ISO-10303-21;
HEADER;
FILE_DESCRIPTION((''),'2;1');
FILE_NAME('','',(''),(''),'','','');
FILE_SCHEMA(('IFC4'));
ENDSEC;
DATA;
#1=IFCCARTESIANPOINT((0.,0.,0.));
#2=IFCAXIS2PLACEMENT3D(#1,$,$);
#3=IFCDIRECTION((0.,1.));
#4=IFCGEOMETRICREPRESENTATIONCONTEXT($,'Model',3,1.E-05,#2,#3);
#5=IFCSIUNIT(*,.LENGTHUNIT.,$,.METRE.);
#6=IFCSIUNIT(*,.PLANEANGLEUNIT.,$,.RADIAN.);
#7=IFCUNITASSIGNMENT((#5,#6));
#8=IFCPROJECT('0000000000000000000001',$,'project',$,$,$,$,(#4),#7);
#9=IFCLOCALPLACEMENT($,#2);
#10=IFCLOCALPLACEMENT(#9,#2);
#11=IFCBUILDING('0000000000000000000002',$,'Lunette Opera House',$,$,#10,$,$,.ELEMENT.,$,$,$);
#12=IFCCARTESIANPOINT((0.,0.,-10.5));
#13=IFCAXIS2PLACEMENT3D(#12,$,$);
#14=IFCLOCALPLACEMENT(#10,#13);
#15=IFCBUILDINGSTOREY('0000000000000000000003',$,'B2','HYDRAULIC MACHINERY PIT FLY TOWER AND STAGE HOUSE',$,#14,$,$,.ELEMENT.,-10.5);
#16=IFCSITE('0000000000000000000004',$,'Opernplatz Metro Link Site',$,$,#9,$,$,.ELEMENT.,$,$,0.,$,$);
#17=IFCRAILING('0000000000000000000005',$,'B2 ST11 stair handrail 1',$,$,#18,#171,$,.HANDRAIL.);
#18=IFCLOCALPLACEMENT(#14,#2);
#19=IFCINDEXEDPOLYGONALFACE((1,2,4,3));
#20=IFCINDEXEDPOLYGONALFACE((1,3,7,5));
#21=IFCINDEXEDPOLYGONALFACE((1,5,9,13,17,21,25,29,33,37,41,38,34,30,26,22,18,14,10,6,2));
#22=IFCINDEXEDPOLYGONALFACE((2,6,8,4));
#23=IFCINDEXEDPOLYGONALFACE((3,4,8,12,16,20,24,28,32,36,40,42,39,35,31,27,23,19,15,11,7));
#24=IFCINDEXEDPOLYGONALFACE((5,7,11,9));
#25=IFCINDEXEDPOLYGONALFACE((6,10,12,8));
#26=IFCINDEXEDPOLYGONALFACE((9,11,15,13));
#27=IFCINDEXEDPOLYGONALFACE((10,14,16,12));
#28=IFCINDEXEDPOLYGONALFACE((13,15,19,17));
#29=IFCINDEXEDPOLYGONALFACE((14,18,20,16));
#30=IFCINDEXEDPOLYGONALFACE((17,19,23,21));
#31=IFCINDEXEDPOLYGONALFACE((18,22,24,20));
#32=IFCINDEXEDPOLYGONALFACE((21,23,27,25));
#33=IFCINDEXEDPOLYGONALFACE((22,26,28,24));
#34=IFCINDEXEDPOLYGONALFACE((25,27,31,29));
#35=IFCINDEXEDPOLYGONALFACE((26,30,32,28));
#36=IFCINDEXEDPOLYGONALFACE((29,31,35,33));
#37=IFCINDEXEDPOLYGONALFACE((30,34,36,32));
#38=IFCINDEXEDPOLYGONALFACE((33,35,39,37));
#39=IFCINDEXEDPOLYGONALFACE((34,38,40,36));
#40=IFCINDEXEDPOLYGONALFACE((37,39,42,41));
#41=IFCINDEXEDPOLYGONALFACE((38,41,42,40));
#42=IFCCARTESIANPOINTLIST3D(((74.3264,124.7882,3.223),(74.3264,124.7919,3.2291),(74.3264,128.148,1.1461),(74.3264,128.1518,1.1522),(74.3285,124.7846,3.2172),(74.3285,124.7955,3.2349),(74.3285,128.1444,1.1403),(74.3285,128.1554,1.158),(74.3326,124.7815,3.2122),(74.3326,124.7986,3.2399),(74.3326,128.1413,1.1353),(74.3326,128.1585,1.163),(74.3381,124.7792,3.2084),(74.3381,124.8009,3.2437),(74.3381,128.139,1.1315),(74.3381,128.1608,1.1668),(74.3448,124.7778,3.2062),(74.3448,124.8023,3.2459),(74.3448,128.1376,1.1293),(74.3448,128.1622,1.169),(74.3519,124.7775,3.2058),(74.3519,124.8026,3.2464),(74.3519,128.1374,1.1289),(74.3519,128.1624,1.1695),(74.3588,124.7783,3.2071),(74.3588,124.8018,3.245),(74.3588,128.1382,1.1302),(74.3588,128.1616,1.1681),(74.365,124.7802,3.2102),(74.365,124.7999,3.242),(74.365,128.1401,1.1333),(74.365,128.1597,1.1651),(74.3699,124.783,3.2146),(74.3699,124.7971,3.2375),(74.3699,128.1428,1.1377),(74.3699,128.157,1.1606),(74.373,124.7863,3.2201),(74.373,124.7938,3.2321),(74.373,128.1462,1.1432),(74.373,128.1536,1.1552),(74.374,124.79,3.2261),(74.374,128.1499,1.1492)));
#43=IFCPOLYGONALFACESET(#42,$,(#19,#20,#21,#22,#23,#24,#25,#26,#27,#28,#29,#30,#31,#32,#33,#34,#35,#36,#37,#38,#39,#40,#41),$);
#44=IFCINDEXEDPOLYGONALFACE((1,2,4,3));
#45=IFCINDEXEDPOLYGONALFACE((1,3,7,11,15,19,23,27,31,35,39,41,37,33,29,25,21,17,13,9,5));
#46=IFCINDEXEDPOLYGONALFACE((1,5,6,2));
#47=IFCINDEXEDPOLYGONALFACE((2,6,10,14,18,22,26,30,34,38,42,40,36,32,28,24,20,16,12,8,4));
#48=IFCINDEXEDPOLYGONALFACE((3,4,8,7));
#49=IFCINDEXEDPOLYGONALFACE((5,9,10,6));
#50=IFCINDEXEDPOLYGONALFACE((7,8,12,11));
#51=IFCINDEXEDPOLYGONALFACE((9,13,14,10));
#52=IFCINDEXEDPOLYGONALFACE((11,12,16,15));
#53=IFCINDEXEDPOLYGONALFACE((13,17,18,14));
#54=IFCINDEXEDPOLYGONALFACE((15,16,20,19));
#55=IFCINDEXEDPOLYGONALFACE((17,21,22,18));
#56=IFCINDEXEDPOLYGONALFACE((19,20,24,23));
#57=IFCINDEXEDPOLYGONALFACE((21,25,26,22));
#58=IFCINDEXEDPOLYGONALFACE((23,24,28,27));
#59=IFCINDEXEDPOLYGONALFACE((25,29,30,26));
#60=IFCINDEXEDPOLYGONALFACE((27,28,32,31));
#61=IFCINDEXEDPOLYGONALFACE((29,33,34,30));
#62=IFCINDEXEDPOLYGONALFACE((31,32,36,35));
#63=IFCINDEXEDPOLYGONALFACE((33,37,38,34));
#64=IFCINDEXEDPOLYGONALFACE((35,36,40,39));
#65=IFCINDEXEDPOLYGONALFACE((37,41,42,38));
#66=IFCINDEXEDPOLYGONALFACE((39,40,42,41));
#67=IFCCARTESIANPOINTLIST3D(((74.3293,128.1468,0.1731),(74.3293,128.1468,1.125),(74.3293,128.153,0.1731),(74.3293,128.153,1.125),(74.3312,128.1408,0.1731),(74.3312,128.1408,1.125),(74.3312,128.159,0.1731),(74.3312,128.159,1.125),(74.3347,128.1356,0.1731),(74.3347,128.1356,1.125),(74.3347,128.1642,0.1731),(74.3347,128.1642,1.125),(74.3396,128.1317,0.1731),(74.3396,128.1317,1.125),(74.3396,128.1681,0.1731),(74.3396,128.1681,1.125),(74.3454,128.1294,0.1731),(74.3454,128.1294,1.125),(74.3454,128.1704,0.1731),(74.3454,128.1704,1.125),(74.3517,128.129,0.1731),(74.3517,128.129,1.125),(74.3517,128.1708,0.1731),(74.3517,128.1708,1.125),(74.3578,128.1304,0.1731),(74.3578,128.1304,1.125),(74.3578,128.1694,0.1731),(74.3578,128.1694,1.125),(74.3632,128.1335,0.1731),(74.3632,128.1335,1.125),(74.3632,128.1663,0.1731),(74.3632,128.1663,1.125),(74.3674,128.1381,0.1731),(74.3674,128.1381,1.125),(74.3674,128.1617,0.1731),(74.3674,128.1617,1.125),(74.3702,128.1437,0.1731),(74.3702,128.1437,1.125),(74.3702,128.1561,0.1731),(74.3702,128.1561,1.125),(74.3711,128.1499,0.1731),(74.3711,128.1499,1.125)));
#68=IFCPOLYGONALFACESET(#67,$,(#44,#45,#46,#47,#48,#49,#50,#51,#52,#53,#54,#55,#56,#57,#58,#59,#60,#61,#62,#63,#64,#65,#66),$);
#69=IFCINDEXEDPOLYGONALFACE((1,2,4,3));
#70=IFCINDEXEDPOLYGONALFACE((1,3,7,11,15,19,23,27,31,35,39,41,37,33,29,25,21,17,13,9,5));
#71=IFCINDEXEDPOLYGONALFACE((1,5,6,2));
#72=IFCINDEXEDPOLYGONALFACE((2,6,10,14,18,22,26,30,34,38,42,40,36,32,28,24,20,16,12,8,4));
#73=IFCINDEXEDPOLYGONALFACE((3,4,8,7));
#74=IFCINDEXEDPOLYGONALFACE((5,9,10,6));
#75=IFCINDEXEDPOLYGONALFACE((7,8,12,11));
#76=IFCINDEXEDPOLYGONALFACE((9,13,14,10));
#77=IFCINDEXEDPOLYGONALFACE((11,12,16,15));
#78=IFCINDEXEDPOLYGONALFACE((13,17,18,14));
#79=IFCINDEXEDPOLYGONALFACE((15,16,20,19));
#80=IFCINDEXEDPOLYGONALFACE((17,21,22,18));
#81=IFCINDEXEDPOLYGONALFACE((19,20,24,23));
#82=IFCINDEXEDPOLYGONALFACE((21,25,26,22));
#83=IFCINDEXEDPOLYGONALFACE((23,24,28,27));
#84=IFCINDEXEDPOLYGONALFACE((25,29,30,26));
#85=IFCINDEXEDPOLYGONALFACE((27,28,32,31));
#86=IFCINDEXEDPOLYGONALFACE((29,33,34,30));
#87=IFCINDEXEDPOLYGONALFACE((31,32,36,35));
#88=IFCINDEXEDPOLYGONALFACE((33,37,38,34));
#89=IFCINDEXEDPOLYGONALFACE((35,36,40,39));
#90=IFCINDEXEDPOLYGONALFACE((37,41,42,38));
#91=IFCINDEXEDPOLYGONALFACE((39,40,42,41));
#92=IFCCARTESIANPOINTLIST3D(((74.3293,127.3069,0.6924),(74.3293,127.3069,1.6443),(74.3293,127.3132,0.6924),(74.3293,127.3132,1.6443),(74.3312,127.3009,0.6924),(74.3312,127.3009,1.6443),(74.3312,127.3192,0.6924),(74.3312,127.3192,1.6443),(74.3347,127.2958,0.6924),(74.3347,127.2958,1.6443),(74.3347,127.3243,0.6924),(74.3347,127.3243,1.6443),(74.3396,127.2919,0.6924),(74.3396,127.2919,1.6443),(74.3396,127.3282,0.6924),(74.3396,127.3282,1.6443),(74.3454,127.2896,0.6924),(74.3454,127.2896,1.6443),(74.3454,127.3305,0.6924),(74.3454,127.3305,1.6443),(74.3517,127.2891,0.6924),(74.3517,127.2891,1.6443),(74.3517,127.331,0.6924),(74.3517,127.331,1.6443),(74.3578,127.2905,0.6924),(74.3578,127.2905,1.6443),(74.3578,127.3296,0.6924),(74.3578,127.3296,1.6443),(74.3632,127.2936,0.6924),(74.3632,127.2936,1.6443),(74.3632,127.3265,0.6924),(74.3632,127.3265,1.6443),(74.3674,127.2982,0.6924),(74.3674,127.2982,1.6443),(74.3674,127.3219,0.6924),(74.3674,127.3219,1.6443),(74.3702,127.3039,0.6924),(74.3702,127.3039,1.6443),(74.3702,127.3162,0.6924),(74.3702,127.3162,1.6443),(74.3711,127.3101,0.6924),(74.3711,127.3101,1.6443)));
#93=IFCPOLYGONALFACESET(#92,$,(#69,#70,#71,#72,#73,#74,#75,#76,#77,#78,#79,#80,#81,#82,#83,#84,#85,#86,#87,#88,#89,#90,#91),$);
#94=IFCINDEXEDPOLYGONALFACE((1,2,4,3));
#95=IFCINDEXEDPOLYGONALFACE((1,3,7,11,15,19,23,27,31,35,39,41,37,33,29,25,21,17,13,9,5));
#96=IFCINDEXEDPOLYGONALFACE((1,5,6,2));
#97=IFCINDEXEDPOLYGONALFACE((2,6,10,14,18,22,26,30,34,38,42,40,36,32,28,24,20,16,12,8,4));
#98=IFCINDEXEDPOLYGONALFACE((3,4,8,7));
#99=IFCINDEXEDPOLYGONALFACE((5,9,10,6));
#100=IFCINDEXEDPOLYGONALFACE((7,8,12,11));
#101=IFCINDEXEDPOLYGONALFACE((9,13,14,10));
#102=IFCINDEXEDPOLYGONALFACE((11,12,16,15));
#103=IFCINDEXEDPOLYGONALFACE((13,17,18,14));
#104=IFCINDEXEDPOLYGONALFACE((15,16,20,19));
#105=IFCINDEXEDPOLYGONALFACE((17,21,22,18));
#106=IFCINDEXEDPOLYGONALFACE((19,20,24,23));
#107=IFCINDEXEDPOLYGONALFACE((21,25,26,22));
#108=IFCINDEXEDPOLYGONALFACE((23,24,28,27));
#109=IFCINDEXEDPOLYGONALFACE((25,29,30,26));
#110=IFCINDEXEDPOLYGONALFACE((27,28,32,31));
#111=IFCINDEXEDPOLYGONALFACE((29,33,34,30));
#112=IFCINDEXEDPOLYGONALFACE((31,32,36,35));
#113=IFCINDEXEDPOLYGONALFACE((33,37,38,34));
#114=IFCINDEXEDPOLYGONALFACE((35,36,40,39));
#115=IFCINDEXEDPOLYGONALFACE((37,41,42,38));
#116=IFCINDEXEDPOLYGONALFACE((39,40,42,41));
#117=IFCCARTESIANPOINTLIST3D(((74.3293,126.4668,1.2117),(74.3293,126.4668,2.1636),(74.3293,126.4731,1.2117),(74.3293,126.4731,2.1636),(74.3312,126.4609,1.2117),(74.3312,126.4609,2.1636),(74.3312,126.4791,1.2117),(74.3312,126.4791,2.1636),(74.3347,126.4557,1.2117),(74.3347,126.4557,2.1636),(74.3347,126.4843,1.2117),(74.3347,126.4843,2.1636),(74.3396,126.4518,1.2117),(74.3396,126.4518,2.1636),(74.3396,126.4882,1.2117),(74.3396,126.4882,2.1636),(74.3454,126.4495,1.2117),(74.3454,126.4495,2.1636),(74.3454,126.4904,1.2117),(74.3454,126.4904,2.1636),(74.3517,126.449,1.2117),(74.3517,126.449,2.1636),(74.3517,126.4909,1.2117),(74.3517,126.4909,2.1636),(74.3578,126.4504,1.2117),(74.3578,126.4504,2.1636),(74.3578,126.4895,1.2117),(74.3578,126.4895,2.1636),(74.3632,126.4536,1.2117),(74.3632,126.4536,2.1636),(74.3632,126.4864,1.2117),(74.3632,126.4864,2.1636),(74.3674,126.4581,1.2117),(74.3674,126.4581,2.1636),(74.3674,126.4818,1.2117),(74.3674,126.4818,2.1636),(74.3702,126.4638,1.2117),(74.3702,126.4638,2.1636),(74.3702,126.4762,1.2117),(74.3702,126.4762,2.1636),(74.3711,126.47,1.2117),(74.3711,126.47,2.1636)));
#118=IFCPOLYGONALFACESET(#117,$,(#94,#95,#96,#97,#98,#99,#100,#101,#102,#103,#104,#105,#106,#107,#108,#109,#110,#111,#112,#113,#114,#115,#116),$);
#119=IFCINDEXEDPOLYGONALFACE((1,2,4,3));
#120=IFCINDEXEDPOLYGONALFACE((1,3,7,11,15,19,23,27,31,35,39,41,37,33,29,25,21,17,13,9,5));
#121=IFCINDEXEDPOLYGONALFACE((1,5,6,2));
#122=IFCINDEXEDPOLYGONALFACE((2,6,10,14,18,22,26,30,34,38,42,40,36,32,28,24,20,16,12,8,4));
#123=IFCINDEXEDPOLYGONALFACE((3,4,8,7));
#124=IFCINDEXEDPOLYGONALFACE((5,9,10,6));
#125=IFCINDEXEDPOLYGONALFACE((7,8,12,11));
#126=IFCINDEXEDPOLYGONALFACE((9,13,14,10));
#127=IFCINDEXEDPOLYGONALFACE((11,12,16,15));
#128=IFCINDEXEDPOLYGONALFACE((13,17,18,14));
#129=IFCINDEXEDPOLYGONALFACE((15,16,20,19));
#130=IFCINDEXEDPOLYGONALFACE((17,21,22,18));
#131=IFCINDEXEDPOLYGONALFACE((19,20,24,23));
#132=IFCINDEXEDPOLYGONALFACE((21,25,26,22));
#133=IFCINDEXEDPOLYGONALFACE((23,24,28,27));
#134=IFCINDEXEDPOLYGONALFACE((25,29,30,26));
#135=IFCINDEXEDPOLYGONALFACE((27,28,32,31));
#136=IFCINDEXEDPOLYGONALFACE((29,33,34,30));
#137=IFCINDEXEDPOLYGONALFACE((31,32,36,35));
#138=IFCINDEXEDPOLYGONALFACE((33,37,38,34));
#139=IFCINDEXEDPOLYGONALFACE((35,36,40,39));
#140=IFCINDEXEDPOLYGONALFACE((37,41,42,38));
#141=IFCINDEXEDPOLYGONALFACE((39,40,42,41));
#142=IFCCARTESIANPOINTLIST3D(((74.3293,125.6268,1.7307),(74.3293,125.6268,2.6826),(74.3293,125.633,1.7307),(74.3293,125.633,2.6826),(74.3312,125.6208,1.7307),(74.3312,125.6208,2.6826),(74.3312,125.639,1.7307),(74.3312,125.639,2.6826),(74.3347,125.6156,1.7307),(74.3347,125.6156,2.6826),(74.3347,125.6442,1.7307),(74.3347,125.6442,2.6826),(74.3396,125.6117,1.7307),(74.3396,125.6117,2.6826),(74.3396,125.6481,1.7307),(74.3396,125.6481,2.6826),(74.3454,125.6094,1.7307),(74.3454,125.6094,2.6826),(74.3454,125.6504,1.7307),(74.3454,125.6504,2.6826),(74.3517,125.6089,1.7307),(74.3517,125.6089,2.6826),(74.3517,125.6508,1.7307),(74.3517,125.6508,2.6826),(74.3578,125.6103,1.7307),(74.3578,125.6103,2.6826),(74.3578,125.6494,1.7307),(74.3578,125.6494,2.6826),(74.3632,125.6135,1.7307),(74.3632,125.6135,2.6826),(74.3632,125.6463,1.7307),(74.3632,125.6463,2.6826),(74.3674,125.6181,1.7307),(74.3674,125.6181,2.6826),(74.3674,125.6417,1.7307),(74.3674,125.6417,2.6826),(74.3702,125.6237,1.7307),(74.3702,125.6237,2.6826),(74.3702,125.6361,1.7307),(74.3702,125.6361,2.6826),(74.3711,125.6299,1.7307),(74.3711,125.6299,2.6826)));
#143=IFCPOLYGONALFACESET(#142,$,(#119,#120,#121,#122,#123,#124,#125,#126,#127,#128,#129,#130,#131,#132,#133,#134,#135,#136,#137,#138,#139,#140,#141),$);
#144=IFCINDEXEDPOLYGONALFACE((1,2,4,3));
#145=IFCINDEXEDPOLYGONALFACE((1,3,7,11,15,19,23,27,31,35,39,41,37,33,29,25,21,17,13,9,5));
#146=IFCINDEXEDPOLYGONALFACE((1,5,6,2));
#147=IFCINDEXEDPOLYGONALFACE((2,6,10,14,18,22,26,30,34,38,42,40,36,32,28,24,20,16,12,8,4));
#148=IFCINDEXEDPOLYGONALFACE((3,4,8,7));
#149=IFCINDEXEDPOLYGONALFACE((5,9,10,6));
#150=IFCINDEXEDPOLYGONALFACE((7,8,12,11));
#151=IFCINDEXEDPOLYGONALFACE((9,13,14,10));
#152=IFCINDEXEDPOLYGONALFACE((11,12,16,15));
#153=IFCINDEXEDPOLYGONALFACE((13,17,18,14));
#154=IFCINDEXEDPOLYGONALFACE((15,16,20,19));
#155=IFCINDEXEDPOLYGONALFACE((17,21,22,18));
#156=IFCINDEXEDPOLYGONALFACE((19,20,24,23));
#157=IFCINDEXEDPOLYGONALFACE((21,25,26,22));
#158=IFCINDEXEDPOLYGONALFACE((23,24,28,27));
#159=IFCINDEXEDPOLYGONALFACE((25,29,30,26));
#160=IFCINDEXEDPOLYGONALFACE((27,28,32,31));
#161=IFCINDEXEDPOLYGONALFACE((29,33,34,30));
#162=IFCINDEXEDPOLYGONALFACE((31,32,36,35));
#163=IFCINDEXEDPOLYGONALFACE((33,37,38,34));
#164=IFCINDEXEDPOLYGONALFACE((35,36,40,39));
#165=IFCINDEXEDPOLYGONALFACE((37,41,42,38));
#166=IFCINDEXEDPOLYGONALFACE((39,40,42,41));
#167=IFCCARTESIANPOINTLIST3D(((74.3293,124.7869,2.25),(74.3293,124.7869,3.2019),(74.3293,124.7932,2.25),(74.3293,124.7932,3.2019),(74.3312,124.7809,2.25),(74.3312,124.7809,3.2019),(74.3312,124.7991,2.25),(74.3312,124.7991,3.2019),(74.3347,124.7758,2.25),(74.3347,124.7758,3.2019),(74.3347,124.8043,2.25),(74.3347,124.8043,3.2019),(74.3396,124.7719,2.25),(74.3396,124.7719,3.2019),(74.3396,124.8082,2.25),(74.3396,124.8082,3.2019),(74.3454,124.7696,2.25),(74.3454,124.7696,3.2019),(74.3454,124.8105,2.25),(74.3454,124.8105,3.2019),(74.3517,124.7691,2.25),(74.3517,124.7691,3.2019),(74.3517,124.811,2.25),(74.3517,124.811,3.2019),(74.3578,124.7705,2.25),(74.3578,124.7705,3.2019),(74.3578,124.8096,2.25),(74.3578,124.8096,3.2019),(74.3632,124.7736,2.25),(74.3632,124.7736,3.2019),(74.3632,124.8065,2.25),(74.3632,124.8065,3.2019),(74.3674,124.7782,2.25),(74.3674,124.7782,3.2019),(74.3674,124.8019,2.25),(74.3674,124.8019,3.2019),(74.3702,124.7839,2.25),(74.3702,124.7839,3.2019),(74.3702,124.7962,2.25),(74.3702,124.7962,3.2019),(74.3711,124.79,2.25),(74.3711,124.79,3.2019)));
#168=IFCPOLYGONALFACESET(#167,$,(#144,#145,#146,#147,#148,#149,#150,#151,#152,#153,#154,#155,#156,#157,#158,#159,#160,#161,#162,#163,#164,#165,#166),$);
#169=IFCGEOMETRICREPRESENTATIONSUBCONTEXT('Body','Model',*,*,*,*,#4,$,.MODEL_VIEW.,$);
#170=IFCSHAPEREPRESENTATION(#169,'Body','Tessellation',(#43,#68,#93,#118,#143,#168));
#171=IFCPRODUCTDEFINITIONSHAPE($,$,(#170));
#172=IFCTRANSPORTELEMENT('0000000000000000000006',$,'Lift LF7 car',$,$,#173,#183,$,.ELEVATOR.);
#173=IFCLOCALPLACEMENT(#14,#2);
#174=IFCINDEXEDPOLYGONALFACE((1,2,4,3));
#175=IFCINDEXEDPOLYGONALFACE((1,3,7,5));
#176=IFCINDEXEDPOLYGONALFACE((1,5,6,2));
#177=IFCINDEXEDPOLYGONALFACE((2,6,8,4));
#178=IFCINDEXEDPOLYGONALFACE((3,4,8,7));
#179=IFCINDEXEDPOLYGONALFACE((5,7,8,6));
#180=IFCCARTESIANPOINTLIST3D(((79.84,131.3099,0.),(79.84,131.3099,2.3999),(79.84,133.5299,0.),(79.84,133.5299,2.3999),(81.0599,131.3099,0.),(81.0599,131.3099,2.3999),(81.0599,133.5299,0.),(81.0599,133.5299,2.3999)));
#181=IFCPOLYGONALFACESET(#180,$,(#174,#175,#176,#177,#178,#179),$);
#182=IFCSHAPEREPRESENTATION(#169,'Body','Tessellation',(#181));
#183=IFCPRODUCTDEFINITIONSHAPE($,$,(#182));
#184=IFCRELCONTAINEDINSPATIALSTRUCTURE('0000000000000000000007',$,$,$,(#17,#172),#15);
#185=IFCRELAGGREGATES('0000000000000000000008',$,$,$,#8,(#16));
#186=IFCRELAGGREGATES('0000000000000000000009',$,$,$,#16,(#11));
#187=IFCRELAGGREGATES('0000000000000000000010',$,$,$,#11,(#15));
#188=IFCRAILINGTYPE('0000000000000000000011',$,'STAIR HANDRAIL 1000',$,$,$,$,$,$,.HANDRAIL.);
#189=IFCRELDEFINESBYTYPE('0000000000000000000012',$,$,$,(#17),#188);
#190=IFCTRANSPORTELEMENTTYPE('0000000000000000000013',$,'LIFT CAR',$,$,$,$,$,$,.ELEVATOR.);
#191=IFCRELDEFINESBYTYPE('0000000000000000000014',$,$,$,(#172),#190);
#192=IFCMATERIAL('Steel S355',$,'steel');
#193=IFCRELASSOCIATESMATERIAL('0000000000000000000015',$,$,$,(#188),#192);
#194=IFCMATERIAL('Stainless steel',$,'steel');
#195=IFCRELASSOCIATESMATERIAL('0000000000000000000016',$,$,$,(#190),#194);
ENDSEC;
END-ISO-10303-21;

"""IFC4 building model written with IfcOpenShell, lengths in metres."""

from ifc_helpers import new_model, si_unit, direction, frame, origin, origin_2d, place, context, subcontext, project, spatial, rectangle, circle, extrude, material, type_object, element, save


model = new_model("IFC4")

# Units and contexts
model_context = context("Model", 3, precision=1e-05, world=origin(), true_north=direction((0.0, 1.0)))
body_context = subcontext(model_context, "Body", "Model", "MODEL_VIEW")
ifc_project = project(units=[si_unit("LENGTHUNIT", "METRE"), si_unit("PLANEANGLEUNIT", "RADIAN")], contexts=[model_context])

# Site, building, storey
site_placement = place(None, origin())
site = spatial("IfcSite", under=ifc_project, at=site_placement, Name="Opernplatz Metro Link Site", CompositionType="ELEMENT", RefElevation=0.0)
building_placement = place(site_placement, origin())
building = spatial("IfcBuilding", under=site, at=building_placement, Name="Lunette Opera House", CompositionType="ELEMENT")
storey_placement = place(building_placement, frame((0.0, 0.0, -10.5)))
storey = spatial("IfcBuildingStorey", under=building, at=storey_placement, Name="B2", Description="HYDRAULIC MACHINERY PIT FLY TOWER AND STAGE HOUSE", CompositionType="ELEMENT", Elevation=-10.5)

# Railing
ifc_material_1 = material(Name="Steel S355", Category="steel")
railing_type_1 = type_object("IfcRailingType", Name="STAIR HANDRAIL 1000", PredefinedType="HANDRAIL", material=ifc_material_1)
railing_1_placement = place(storey_placement, frame((74.3501, 128.1499, 0.1731)))
element("IfcRailing", 1, at=railing_1_placement, inside=storey, type_object=railing_type_1, Name="B2 ST11 stair handrail 1", PredefinedType="HANDRAIL", context=body_context, shape_type="SweptSolid", body=[
    extrude(circle(Radius=0.0239, at=origin_2d()), frame((0.0, 0.0, 0.9761), z_axis=(0.0, -0.850606, 0.525803), x_axis=(1.0, 0.0, 0.0)), (0.0, 0.0, 1.0), 3.95),
    extrude(circle(Radius=0.021, at=origin_2d()), origin(), (0.0, 0.0, 1.0), 0.9519),
    extrude(circle(Radius=0.021, at=origin_2d()), frame((0.0, -0.8398, 0.5193)), (0.0, 0.0, 1.0), 0.9519),
    extrude(circle(Radius=0.021, at=origin_2d()), frame((0.0, -1.6799, 1.0386)), (0.0, 0.0, 1.0), 0.9519),
    extrude(circle(Radius=0.021, at=origin_2d()), frame((0.0, -2.52, 1.5576)), (0.0, 0.0, 1.0), 0.9519),
    extrude(circle(Radius=0.021, at=origin_2d()), frame((0.0, -3.3599, 2.0769)), (0.0, 0.0, 1.0), 0.9519),
])

# Transport element
ifc_material_2 = material(Name="Stainless steel", Category="steel")
transport_element_type = type_object("IfcTransportElementType", Name="LIFT CAR", PredefinedType="ELEVATOR", material=ifc_material_2)
transport_element_placement = place(storey_placement, frame((80.45, 132.4199, 0.0), z_axis=(0.0, 0.0, 1.0), x_axis=(1.0, 0.0, 0.0)))
element("IfcTransportElement", 2, at=transport_element_placement, inside=storey, type_object=transport_element_type, Name="Lift LF7 car", PredefinedType="ELEVATOR", context=body_context, shape_type="SweptSolid", body=[
    extrude(rectangle(XDim=1.22, YDim=2.22, at=origin_2d()), origin(), (0.0, 0.0, 1.0), 2.3999),
])

save(model, "model.ifc")
